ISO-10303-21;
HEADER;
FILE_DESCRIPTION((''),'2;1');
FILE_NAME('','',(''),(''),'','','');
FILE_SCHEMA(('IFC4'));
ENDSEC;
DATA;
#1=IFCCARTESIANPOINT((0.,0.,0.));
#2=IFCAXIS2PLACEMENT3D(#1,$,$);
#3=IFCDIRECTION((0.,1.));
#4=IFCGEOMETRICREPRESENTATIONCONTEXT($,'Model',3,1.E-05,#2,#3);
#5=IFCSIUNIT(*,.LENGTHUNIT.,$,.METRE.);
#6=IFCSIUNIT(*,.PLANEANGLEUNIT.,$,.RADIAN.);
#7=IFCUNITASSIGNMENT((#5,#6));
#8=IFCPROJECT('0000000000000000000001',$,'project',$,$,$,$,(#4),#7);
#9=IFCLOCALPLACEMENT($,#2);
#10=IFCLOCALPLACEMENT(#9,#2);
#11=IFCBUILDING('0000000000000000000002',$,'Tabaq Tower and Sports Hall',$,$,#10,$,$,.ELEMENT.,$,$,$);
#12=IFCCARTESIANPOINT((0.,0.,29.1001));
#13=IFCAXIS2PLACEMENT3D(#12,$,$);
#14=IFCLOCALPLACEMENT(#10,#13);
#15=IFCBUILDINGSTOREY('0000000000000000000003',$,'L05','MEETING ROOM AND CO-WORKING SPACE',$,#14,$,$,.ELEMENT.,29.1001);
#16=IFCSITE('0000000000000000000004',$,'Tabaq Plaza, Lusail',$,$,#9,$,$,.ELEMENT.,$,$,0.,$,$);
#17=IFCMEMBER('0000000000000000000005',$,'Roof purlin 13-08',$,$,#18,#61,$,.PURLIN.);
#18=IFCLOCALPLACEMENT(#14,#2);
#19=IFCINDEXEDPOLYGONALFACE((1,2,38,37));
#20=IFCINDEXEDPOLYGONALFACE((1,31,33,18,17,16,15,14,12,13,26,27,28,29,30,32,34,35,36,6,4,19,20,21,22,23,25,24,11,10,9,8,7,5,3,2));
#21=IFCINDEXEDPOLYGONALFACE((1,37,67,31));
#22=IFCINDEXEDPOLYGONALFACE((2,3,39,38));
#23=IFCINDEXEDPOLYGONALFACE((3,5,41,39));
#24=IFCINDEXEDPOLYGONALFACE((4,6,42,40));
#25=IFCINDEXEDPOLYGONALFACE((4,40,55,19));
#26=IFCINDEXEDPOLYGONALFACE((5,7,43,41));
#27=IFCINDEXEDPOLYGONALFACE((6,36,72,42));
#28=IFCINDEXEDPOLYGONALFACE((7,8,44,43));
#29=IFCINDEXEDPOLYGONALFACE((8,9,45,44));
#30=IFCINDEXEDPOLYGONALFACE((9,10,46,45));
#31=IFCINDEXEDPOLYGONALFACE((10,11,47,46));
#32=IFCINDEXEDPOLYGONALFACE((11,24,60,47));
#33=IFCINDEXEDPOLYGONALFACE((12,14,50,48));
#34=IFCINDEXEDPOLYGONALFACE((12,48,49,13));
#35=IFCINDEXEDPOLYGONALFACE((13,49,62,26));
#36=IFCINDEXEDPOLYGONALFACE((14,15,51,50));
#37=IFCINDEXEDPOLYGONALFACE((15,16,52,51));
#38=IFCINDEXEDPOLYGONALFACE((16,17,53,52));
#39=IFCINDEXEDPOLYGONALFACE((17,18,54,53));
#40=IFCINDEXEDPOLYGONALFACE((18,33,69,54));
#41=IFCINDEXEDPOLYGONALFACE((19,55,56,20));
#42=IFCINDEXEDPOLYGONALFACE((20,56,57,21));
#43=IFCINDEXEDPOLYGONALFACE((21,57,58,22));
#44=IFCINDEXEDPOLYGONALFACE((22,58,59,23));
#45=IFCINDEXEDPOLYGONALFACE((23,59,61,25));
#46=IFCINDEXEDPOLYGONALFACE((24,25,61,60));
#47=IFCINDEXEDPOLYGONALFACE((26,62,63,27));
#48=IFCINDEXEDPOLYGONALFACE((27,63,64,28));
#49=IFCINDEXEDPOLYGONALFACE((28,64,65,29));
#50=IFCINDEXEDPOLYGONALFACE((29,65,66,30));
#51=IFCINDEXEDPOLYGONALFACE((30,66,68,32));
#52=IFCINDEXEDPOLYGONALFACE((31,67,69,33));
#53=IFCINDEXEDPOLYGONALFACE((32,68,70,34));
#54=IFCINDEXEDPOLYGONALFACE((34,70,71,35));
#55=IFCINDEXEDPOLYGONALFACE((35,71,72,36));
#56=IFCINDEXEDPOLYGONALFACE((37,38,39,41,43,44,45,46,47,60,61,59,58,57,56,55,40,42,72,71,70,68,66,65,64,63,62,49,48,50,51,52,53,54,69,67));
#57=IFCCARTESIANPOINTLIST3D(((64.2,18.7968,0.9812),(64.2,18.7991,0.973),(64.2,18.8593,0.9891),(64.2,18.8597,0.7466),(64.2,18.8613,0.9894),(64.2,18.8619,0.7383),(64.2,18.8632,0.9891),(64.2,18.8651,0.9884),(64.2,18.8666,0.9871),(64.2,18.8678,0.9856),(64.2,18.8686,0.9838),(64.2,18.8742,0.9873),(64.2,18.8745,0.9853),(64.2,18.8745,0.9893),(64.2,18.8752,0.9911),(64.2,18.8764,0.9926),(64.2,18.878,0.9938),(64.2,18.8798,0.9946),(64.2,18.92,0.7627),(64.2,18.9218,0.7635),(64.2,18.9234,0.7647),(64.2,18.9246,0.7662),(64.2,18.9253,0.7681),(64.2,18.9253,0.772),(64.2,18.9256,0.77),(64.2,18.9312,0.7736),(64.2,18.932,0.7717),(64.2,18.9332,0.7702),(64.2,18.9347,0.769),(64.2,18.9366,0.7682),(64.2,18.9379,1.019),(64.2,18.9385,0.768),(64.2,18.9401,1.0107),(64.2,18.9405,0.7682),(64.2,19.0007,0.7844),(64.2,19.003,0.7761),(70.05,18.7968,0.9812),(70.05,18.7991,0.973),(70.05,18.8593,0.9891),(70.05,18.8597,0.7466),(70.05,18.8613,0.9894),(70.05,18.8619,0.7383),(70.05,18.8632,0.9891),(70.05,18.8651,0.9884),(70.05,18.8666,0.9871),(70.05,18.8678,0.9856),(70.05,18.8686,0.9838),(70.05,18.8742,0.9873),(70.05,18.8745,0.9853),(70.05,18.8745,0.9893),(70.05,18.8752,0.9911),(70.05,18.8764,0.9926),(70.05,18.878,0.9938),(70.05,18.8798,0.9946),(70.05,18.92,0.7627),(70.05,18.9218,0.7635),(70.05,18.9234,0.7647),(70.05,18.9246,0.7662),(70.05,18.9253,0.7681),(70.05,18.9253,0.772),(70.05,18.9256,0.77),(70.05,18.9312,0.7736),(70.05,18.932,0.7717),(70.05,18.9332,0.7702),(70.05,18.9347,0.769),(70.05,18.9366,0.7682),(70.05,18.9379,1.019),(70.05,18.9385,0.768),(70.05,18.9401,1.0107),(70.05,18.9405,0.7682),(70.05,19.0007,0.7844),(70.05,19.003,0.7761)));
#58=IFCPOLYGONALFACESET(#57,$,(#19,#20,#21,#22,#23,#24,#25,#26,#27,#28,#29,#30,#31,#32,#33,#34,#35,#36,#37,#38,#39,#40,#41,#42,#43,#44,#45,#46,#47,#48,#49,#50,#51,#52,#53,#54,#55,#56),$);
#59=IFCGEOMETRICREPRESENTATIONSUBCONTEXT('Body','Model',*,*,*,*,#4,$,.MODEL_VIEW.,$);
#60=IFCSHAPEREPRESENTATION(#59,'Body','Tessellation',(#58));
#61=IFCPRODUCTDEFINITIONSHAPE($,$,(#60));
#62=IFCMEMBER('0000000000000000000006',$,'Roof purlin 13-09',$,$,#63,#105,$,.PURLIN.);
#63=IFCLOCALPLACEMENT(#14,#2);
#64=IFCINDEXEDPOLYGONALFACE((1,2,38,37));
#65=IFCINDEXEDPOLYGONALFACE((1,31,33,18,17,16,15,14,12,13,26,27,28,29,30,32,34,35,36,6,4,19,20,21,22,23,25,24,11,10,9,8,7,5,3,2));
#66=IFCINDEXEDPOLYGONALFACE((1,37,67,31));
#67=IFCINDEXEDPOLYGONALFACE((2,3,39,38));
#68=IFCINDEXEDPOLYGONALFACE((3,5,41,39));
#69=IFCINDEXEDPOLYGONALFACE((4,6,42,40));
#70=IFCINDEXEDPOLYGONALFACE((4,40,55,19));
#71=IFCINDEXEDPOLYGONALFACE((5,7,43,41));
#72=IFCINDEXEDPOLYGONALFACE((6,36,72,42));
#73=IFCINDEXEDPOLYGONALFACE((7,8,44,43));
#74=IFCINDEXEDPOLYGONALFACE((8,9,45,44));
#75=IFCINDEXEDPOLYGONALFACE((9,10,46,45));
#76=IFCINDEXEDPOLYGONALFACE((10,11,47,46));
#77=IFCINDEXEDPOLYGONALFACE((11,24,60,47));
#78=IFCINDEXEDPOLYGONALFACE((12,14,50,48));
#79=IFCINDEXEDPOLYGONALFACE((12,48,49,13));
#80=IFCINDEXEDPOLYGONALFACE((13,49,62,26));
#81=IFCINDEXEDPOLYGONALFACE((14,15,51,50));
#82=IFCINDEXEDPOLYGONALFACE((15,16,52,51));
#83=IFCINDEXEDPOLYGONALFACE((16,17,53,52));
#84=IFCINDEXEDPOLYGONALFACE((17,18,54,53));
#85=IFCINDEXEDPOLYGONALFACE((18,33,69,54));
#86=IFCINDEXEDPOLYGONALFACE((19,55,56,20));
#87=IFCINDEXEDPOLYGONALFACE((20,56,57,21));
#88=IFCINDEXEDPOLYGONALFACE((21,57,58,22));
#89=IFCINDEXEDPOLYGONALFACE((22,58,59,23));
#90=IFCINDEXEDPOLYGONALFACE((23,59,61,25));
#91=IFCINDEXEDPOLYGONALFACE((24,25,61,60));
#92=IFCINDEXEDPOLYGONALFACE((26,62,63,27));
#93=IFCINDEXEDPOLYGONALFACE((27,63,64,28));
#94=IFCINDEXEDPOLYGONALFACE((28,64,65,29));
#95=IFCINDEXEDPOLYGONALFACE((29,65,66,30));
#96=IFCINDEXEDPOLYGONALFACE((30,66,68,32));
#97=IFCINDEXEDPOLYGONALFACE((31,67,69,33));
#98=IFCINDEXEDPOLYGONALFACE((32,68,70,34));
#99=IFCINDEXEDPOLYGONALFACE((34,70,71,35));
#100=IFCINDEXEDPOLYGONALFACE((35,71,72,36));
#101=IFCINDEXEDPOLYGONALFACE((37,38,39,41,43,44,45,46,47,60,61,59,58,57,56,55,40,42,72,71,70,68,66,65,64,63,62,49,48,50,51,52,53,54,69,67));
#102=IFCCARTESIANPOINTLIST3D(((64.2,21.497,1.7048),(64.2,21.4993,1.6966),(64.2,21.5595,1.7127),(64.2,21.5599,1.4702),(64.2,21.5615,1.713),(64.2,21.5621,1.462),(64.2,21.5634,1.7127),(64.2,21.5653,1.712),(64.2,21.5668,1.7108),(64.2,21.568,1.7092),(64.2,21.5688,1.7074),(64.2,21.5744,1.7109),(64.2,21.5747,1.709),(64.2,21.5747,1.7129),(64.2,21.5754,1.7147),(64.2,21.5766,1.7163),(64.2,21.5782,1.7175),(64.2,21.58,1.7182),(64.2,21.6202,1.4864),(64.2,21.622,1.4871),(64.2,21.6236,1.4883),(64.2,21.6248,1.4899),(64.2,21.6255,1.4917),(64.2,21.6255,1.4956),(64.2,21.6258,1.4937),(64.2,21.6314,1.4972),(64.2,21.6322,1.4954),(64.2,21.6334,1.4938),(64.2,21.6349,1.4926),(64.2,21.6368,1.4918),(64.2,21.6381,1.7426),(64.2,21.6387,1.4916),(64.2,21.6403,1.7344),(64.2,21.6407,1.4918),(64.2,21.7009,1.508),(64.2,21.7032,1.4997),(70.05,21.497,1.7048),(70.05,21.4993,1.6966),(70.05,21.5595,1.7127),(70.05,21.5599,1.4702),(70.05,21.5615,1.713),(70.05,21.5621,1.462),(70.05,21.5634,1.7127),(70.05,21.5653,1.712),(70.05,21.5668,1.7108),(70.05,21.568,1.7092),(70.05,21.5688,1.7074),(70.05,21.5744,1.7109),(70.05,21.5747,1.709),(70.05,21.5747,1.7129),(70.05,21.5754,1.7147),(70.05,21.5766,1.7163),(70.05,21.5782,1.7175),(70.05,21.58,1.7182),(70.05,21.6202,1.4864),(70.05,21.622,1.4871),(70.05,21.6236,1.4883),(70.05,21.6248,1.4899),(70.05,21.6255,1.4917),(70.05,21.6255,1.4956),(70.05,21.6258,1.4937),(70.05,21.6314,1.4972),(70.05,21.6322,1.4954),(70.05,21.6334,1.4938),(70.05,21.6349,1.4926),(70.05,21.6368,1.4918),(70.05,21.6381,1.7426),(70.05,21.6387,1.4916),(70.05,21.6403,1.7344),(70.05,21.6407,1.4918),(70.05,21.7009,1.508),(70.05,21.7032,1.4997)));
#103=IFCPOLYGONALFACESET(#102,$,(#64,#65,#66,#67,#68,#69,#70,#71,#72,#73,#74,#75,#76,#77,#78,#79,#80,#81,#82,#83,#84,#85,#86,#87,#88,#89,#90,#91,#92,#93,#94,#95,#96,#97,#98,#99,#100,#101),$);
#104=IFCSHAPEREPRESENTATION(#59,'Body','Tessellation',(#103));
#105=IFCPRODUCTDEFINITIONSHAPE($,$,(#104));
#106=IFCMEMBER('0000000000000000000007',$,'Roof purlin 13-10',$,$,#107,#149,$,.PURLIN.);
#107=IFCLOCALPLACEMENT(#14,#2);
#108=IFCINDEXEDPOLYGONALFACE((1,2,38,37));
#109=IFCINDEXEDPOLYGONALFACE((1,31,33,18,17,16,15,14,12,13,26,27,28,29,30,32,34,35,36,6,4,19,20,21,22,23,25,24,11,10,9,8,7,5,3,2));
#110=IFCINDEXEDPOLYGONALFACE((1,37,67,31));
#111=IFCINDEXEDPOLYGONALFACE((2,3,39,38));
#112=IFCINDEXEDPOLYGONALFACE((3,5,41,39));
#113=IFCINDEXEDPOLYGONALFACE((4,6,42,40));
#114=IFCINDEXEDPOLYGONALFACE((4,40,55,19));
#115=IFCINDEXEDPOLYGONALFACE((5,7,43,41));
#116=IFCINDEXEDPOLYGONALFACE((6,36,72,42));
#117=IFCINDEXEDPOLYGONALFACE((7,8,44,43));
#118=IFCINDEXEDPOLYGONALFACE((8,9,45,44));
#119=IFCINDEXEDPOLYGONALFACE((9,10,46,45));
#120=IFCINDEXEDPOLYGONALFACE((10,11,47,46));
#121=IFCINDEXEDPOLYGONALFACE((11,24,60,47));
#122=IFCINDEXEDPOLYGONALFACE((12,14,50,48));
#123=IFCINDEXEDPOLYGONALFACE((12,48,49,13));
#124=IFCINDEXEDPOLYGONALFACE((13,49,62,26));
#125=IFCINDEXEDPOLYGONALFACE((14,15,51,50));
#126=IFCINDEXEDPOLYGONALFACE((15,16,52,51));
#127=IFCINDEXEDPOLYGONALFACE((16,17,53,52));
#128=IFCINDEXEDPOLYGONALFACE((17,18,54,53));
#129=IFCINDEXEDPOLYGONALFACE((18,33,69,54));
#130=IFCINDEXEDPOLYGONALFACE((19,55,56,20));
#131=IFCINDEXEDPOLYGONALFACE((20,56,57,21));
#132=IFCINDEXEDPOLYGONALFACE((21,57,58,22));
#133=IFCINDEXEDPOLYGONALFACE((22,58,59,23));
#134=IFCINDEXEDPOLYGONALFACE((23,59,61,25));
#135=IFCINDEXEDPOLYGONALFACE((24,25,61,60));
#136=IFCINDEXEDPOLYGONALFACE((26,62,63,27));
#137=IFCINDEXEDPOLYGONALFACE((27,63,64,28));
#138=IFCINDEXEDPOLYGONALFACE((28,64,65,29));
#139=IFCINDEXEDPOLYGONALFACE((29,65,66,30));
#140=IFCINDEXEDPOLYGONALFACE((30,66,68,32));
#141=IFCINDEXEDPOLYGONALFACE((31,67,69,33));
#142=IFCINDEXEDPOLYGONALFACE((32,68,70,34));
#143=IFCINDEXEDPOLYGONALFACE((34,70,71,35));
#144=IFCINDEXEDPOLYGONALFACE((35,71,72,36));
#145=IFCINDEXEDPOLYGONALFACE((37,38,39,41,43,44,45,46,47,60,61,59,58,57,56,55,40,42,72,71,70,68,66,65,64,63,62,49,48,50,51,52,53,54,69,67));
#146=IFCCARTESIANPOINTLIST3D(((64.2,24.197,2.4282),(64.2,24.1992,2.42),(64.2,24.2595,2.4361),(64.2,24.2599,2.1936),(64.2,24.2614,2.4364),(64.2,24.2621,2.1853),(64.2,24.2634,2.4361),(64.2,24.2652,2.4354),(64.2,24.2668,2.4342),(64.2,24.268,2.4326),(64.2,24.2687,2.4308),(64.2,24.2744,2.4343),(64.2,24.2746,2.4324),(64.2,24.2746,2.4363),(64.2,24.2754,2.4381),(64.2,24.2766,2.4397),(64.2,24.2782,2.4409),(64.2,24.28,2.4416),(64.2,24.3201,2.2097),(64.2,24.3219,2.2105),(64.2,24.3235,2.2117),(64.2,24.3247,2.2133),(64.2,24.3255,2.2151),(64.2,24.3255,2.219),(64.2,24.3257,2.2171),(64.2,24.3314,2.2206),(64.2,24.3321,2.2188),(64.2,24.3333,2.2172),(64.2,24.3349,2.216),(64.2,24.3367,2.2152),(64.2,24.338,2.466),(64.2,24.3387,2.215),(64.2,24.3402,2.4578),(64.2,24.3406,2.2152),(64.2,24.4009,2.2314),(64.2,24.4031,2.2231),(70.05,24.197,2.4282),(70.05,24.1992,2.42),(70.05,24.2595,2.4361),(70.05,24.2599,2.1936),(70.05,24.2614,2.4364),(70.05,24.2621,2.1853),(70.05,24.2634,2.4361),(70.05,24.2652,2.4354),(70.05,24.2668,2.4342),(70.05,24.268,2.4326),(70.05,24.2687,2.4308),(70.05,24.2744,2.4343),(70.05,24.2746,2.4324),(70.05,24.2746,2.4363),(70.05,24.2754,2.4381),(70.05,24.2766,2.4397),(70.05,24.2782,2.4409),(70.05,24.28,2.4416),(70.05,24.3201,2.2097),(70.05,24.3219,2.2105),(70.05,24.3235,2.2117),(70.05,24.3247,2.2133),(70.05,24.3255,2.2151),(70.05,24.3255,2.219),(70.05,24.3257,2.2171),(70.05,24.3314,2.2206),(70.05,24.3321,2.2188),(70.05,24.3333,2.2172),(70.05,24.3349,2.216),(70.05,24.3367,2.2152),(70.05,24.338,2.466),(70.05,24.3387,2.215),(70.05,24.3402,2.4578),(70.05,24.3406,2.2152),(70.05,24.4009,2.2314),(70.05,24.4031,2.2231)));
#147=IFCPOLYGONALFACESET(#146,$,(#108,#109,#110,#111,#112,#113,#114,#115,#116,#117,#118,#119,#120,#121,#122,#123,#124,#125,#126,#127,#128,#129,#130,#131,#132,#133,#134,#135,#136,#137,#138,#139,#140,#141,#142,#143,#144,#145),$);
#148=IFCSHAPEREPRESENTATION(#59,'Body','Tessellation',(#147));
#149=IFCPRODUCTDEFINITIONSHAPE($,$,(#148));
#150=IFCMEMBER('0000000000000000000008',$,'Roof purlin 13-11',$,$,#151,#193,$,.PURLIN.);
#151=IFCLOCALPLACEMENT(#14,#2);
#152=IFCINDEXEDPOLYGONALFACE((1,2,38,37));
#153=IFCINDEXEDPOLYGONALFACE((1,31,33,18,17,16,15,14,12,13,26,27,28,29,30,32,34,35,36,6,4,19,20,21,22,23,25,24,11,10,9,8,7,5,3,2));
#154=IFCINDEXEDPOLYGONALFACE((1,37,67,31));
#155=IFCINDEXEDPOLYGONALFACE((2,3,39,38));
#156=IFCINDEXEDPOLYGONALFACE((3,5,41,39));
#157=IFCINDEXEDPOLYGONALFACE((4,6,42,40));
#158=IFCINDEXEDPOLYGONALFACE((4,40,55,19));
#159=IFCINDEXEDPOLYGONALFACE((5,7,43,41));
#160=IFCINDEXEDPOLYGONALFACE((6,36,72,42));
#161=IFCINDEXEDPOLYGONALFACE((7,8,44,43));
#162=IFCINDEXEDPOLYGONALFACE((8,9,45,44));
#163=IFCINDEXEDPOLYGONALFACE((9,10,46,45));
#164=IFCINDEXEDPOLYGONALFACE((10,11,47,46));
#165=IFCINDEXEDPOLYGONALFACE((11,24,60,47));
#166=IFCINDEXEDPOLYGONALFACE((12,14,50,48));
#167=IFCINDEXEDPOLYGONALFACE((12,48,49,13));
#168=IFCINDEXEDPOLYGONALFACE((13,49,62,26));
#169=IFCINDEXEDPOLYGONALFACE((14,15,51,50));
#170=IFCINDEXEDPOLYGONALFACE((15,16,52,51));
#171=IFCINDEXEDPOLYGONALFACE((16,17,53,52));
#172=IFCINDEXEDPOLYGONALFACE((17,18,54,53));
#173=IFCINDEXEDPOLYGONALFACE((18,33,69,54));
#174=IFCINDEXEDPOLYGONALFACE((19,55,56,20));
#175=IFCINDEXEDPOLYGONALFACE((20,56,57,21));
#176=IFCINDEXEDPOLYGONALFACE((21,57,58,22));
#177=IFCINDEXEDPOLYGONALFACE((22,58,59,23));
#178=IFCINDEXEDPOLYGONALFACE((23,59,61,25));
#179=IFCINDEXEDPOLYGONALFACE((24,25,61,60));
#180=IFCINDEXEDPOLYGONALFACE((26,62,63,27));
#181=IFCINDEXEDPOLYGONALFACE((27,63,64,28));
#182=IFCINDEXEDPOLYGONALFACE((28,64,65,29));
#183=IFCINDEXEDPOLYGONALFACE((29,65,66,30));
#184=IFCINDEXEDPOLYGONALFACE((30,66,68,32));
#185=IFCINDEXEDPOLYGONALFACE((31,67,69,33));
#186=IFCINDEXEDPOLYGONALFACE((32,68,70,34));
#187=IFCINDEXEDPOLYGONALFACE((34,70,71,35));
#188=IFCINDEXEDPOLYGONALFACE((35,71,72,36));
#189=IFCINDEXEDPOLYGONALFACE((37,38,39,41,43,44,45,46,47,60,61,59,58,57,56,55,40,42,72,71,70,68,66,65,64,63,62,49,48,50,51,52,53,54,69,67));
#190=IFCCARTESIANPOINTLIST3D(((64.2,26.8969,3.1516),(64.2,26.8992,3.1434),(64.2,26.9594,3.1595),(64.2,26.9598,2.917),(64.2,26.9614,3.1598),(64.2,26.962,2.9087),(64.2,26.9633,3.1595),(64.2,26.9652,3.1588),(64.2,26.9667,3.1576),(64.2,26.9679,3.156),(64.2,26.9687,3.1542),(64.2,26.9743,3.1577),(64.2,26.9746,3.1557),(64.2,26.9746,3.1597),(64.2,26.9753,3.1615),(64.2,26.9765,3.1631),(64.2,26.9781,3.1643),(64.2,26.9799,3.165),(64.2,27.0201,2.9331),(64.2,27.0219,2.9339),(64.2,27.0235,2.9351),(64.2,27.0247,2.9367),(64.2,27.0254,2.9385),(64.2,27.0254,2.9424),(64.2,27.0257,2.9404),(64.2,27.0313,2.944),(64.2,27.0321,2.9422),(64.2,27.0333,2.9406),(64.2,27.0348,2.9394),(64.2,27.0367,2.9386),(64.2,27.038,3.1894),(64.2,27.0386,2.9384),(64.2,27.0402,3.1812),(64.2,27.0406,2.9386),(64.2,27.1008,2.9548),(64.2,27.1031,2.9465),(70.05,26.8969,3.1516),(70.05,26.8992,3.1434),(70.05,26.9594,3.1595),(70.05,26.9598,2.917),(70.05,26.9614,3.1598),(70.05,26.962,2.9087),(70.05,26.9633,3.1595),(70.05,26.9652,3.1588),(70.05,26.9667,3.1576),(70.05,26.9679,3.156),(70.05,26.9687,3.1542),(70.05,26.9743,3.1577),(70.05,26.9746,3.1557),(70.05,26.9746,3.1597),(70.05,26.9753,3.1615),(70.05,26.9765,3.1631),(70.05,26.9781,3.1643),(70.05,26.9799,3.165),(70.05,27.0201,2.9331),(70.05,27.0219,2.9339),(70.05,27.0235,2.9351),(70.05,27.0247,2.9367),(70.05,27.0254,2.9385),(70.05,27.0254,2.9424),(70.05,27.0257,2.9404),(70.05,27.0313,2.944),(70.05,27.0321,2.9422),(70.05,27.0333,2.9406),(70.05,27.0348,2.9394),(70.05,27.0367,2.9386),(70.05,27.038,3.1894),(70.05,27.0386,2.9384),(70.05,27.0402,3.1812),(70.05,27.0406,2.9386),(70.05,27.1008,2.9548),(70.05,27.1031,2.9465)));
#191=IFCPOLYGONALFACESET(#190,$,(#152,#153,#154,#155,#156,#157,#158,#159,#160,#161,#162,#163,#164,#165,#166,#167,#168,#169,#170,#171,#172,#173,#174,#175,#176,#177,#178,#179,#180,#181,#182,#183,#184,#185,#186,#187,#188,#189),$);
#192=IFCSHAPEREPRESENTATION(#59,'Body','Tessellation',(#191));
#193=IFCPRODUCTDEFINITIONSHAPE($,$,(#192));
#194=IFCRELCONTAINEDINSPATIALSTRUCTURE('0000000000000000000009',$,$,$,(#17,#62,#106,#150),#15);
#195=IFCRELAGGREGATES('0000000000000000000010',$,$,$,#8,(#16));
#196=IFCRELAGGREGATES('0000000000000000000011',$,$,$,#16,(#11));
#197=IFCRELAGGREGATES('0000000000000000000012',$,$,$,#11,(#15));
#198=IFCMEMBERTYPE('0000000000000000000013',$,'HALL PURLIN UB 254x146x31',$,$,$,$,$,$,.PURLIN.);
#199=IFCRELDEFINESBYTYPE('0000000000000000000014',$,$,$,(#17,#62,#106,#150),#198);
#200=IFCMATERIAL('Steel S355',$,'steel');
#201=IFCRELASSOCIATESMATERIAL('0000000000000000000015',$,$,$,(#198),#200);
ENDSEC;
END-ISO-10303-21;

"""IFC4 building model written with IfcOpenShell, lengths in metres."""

from ifc_helpers import new_model, si_unit, direction, frame, origin, origin_2d, place, context, subcontext, project, spatial, i_section, extrude, material, material_profile, profile_set, type_object, element, save


model = new_model("IFC4")

# Units and contexts
model_context = context("Model", 3, precision=1e-05, world=origin(), true_north=direction((0.0, 1.0)))
body_context = subcontext(model_context, "Body", "Model", "MODEL_VIEW")
ifc_project = project(units=[si_unit("LENGTHUNIT", "METRE"), si_unit("PLANEANGLEUNIT", "RADIAN")], contexts=[model_context])

# Site, building, storey
site_placement = place(None, origin())
site = spatial("IfcSite", under=ifc_project, at=site_placement, Name="Tabaq Plaza, Lusail", CompositionType="ELEMENT", RefElevation=0.0)
building_placement = place(site_placement, origin())
building = spatial("IfcBuilding", under=site, at=building_placement, Name="Tabaq Tower and Sports Hall", CompositionType="ELEMENT")
storey_placement = place(building_placement, frame((0.0, 0.0, 29.1001)))
storey = spatial("IfcBuildingStorey", under=building, at=storey_placement, Name="L05", Description="MEETING ROOM AND CO-WORKING SPACE", CompositionType="ELEMENT", Elevation=29.1001)

# Members
ifc_material_1 = material(Name="Steel S355", Category="steel")
ifc_material_profile_1 = material_profile(ifc_material_1, i_section(OverallWidth=0.146, OverallDepth=0.2515, WebThickness=0.0061, FlangeThickness=0.0085, FilletRadius=0.0076, at=origin_2d()), Name="UB 254x146x31")
ifc_profile_set_1 = profile_set([ifc_material_profile_1], Name="Steel S355")
member_type_1 = type_object("IfcMemberType", Name="HALL PURLIN UB 254x146x31", PredefinedType="PURLIN", material=ifc_profile_set_1)
for number, where, z_axis, x_axis, name in (
    (1, (64.2, 18.8999, 0.8787), (1.0, 0.0, 0.0), (0.0, 0.965926, 0.258819), "Roof purlin 13-08"),
    (2, (64.2, 21.6001, 1.6023), (1.0, 0.0, 0.0), (0.0, 0.965926, 0.258819), "Roof purlin 13-09"),
    (3, (64.2, 24.3, 2.3257), (1.0, 0.0, 0.0), (0.0, 0.965926, 0.258819), "Roof purlin 13-10"),
    (4, (64.2, 27.0, 3.0491), (1.0, 0.0, 0.0), (0.0, 0.965926, 0.258819), "Roof purlin 13-11"),
):
    element("IfcMember", number, at=place(storey_placement, frame(where, z_axis=z_axis, x_axis=x_axis)), inside=storey, type_object=member_type_1, Name=name, PredefinedType="PURLIN", context=body_context, shape_type="SweptSolid", body=[
        extrude(i_section(OverallWidth=0.146, OverallDepth=0.2515, WebThickness=0.0061, FlangeThickness=0.0085, FilletRadius=0.0076, at=origin_2d()), origin(), (0.0, 0.0, 1.0), 5.8501),
    ])

save(model, "model.ifc")
